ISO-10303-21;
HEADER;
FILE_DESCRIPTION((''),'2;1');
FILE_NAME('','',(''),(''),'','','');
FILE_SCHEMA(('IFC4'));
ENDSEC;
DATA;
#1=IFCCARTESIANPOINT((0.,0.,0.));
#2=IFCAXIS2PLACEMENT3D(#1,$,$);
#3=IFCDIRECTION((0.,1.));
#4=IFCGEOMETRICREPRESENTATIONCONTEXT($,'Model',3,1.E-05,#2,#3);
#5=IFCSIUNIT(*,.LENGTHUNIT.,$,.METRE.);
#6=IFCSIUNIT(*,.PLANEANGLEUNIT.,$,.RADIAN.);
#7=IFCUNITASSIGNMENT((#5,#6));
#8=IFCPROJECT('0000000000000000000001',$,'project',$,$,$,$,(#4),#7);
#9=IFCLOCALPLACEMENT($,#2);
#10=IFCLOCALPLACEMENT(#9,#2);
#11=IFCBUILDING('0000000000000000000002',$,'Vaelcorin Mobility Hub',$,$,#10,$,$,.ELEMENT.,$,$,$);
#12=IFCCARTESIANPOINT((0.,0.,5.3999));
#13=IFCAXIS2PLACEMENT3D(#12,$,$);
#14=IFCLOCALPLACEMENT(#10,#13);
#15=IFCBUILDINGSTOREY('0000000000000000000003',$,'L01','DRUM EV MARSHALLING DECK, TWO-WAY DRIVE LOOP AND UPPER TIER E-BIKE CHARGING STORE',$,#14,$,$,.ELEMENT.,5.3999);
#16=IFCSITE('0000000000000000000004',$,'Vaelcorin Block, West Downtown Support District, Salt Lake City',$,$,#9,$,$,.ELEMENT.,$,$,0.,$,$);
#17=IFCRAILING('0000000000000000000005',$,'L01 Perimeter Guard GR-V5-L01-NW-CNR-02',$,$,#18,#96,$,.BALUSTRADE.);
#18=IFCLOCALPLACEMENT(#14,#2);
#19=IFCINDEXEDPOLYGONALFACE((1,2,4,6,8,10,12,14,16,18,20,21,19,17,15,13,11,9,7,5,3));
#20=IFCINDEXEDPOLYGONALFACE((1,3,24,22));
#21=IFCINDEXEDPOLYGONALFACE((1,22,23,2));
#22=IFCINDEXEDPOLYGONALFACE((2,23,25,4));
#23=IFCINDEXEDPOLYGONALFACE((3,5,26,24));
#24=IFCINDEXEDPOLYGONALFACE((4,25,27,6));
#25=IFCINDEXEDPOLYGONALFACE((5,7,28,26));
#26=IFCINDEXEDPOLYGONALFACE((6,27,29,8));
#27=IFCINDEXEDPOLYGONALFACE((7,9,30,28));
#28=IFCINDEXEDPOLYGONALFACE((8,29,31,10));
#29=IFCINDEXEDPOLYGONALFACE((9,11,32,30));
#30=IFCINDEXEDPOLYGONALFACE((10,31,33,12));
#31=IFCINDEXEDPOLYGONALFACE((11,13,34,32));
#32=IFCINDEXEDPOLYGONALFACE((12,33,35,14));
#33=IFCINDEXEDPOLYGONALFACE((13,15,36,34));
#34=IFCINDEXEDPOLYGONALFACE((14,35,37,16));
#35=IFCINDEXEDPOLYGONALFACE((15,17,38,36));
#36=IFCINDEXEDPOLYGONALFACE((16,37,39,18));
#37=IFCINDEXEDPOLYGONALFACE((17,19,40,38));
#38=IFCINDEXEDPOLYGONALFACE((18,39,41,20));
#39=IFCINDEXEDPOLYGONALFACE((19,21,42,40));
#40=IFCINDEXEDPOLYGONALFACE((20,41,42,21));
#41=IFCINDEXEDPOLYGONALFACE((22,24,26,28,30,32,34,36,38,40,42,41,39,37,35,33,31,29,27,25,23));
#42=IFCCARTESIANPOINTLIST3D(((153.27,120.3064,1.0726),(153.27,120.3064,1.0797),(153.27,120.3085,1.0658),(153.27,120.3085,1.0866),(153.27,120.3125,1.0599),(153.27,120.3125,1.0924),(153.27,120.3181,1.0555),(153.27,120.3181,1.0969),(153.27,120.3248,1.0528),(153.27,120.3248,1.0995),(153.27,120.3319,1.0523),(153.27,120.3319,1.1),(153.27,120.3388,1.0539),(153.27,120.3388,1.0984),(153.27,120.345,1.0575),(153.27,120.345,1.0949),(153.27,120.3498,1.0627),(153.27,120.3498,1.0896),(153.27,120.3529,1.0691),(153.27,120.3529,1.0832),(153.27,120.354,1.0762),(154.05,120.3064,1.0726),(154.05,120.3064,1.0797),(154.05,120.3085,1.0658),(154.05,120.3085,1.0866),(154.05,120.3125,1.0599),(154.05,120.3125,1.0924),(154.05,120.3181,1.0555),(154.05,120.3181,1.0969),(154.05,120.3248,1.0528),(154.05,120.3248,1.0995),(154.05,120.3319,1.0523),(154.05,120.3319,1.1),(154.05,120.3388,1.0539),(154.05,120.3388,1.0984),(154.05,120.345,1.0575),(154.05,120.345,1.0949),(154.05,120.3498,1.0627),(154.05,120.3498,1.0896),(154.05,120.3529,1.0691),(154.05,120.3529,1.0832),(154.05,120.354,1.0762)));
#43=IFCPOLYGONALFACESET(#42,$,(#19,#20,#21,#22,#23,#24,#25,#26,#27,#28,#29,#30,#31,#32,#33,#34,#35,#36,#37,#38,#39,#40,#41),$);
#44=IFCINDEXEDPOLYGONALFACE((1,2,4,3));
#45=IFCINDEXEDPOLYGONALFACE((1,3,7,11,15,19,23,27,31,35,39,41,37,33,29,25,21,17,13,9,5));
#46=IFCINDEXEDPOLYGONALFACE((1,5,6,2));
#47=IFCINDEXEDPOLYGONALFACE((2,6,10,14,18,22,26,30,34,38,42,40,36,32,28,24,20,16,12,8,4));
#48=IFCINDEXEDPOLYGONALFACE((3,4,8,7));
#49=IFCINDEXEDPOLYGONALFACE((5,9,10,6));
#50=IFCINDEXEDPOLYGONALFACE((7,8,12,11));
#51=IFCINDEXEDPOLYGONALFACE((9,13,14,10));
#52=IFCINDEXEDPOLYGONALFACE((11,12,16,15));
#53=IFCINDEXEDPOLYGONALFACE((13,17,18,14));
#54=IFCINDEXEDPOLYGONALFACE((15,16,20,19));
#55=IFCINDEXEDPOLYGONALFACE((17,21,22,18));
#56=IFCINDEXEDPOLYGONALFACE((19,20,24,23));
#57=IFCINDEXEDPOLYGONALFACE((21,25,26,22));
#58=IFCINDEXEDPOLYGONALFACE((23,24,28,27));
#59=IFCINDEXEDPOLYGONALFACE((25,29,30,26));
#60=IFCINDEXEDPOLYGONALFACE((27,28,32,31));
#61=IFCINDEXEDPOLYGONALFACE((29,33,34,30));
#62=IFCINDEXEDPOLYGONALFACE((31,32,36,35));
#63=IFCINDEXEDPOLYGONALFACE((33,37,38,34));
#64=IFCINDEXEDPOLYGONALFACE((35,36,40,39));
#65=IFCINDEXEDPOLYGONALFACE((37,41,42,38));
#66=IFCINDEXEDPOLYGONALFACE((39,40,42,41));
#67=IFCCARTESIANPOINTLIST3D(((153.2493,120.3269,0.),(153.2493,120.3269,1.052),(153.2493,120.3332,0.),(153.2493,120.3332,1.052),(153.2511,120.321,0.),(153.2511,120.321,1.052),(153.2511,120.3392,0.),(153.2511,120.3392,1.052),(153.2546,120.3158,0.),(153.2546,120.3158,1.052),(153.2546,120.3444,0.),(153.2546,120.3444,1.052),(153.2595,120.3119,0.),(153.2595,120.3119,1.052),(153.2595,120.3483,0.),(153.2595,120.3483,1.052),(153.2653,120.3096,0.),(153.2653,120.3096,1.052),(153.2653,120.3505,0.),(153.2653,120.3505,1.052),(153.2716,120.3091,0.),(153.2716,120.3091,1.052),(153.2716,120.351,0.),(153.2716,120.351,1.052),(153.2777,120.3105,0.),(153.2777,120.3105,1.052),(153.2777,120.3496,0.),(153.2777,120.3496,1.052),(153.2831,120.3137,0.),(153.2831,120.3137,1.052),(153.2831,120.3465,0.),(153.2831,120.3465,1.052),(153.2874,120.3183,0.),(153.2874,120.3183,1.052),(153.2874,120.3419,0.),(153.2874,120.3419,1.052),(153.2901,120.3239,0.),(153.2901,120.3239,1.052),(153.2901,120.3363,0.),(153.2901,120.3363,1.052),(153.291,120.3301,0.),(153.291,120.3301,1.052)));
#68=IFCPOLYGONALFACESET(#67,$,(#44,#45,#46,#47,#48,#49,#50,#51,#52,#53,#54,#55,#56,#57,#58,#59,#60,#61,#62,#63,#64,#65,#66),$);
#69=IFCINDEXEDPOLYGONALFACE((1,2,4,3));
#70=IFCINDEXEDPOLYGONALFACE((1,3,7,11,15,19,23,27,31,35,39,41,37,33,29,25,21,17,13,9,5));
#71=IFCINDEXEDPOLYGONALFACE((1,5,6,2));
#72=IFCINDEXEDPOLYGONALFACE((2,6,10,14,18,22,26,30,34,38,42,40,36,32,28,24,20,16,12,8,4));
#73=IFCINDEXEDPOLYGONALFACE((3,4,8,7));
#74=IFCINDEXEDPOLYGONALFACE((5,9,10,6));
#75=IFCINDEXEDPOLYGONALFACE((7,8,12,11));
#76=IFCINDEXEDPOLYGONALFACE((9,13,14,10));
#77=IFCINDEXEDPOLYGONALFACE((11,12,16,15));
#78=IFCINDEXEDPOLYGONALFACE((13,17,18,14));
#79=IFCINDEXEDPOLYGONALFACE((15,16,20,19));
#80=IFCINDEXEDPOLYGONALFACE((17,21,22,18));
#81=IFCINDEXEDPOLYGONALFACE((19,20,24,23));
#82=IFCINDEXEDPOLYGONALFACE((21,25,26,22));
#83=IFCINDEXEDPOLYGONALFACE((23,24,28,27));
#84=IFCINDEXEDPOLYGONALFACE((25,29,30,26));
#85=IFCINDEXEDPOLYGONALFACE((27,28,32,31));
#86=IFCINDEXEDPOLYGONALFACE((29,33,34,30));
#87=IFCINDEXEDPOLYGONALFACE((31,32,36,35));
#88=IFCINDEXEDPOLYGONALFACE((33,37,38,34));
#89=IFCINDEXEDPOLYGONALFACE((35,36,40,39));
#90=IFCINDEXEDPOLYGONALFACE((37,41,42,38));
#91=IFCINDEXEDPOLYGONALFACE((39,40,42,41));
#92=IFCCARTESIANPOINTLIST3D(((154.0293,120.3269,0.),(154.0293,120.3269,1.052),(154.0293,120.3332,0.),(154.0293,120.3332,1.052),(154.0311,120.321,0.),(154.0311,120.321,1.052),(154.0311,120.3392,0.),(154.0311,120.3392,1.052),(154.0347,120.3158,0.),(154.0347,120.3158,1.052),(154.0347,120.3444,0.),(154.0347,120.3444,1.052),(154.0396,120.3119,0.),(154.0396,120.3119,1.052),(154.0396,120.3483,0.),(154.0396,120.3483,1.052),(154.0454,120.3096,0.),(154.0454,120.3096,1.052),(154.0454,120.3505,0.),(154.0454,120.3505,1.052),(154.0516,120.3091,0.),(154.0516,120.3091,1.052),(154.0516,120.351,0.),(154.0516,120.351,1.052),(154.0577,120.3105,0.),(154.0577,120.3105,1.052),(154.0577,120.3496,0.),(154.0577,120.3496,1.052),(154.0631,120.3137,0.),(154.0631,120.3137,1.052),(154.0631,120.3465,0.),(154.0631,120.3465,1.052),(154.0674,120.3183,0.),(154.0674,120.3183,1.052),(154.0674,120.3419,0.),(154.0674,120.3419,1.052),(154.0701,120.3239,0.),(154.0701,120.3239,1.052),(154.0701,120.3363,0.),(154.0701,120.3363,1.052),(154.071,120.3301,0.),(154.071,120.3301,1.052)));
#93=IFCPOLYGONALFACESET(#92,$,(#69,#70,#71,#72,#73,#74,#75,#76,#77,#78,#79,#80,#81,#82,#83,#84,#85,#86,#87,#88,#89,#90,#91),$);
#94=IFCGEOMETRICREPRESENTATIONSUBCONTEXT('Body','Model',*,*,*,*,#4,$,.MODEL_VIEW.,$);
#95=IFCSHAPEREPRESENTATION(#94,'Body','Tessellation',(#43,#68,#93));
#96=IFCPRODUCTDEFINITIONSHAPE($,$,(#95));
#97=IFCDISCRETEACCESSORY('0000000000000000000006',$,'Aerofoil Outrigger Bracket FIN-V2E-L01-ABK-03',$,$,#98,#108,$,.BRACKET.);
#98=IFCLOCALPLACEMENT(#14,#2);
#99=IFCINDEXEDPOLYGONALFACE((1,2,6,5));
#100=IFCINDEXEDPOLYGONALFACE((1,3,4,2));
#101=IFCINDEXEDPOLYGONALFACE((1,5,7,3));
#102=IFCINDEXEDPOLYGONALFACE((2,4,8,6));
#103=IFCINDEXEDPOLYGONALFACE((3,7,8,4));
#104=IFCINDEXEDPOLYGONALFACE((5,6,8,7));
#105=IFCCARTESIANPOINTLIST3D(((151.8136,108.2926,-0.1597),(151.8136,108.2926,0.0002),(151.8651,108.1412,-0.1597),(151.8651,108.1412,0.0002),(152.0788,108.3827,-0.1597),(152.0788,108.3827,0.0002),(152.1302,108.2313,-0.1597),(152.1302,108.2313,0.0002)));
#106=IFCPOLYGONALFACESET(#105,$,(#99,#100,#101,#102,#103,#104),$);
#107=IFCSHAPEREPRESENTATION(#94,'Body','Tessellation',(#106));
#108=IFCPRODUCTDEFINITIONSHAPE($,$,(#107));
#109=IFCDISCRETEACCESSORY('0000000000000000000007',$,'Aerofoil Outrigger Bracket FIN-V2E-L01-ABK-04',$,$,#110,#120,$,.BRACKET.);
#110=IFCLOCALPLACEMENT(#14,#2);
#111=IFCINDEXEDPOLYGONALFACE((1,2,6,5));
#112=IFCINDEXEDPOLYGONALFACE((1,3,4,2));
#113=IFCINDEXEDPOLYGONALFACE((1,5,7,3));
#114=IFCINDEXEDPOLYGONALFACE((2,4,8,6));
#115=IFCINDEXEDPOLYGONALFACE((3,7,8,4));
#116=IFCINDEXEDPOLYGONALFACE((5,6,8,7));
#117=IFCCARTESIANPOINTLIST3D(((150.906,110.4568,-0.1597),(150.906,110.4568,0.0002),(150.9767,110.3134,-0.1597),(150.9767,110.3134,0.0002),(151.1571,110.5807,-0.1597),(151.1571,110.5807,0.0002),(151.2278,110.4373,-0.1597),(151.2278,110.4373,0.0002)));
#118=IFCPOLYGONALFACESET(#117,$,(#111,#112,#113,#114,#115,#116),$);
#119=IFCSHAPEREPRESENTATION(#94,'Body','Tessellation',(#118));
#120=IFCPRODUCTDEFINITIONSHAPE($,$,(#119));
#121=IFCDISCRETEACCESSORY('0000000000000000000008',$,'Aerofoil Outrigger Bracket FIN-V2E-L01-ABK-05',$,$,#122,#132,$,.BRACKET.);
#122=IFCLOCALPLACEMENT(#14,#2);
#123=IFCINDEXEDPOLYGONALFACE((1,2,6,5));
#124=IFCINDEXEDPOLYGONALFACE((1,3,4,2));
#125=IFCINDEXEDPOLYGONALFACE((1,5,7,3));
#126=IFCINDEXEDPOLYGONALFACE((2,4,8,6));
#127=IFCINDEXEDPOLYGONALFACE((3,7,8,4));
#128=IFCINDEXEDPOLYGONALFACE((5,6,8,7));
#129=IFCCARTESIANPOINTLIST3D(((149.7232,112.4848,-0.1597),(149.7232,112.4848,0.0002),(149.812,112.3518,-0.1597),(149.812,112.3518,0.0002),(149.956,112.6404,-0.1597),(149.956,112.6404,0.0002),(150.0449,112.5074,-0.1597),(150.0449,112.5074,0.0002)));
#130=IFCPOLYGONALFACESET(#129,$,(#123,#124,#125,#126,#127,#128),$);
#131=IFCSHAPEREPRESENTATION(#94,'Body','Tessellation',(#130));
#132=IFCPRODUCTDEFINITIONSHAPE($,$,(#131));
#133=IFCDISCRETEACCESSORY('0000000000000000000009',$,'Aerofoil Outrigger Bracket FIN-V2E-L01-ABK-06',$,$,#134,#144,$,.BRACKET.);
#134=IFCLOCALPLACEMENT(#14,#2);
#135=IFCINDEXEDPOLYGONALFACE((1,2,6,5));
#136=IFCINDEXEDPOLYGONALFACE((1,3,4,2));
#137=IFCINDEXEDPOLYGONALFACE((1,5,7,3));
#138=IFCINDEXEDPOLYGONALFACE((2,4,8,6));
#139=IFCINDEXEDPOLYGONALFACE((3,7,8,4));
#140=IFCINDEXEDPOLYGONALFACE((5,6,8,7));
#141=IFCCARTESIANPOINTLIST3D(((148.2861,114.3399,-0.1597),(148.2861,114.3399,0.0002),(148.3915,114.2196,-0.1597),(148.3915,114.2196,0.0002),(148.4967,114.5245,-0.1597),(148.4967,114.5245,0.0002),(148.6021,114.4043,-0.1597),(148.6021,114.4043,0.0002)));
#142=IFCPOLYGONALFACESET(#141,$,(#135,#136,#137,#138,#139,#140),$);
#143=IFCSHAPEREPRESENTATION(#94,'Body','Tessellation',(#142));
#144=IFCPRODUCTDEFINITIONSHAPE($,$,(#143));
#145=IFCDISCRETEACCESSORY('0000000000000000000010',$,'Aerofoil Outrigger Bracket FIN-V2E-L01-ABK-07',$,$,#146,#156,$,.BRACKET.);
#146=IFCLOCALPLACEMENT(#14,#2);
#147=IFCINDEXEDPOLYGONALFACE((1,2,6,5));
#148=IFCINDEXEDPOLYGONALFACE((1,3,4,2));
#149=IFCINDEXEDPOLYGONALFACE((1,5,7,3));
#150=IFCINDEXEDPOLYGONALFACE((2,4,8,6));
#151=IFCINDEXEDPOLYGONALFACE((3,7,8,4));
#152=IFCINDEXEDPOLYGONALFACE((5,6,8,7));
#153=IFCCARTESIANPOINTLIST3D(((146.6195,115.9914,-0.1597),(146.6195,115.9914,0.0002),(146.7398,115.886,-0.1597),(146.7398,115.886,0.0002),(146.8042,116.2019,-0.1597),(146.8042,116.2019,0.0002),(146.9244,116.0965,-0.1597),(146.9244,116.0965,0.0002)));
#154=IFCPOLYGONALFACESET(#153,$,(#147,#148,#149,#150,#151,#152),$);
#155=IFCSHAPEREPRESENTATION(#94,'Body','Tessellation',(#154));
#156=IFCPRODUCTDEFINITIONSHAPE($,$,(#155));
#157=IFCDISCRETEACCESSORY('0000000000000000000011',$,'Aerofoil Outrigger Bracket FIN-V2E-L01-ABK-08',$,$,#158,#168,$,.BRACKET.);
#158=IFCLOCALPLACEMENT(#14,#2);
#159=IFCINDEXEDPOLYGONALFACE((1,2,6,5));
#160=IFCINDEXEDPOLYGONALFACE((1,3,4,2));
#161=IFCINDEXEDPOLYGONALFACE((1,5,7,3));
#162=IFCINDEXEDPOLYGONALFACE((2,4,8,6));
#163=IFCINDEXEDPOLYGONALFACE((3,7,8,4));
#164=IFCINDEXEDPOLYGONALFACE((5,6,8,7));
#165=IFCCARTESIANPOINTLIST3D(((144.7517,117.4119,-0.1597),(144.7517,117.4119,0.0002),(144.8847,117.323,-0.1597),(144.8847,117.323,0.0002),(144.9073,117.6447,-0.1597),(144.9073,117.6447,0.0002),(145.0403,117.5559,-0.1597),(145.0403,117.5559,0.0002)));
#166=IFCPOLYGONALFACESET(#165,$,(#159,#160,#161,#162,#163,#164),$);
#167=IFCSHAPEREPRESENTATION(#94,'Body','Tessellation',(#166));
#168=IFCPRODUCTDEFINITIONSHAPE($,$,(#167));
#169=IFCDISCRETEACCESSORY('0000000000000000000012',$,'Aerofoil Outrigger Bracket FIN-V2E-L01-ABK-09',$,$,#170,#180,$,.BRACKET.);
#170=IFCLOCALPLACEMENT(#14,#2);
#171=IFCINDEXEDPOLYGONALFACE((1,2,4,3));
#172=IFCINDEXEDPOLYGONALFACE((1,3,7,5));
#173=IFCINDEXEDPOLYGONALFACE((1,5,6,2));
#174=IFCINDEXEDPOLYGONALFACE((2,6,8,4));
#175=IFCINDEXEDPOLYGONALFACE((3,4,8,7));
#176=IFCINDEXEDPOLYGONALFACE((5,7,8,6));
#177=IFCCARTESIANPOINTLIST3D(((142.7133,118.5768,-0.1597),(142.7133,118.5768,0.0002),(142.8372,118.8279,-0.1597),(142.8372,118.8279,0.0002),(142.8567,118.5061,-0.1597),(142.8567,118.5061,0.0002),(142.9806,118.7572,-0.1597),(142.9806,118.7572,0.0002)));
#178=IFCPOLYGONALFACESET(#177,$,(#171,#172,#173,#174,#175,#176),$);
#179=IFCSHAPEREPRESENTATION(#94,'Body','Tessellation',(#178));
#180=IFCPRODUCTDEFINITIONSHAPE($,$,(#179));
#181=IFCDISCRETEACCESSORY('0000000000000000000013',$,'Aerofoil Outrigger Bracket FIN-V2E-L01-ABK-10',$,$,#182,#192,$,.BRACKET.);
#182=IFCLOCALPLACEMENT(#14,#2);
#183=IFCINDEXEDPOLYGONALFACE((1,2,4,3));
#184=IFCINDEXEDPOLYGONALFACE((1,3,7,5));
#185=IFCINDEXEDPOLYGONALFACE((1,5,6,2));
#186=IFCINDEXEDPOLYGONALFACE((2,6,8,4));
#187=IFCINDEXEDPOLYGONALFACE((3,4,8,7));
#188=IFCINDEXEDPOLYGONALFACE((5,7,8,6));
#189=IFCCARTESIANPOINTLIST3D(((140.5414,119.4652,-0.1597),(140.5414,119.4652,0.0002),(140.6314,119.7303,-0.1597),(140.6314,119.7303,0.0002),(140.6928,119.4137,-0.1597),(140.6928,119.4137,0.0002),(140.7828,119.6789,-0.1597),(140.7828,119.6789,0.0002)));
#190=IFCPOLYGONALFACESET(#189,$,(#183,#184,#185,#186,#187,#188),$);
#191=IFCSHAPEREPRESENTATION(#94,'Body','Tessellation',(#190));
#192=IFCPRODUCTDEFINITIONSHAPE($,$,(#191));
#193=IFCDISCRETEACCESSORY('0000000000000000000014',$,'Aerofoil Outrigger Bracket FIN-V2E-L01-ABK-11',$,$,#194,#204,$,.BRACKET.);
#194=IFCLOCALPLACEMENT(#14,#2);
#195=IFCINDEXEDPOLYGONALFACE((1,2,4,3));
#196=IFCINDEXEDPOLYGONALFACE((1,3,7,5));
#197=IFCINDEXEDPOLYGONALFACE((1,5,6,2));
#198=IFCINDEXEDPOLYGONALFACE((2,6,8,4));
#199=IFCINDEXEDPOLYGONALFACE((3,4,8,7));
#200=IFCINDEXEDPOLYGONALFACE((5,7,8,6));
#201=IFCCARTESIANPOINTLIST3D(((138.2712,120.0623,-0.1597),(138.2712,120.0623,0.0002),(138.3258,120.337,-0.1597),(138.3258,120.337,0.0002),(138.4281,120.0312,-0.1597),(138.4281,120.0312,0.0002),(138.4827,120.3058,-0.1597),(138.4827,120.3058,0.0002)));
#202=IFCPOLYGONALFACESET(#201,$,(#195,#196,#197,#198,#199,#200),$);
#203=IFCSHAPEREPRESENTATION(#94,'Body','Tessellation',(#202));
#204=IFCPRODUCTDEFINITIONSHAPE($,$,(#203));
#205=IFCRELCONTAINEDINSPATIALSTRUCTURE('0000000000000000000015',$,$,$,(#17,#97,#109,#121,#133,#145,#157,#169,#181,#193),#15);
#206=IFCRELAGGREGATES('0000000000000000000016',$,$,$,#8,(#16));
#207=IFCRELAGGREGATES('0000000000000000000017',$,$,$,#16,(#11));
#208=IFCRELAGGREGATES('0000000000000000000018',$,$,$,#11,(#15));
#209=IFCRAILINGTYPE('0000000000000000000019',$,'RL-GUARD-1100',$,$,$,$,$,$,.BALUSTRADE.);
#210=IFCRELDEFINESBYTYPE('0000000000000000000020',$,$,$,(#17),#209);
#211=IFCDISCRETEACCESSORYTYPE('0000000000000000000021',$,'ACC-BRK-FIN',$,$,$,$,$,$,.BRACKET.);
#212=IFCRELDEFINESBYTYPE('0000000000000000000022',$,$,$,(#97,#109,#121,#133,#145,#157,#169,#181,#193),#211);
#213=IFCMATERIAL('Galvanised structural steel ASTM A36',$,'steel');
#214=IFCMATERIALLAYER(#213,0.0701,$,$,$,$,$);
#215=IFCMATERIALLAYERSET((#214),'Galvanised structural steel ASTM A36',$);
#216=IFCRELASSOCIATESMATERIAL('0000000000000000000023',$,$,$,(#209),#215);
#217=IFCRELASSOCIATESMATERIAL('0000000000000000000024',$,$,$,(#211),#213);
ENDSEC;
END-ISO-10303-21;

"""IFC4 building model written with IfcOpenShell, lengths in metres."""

from ifc_helpers import new_model, si_unit, direction, frame, origin, origin_2d, place, context, subcontext, project, spatial, rectangle, circle, extrude, material, layer, layer_set, type_object, element, save


model = new_model("IFC4")

# Units and contexts
model_context = context("Model", 3, precision=1e-05, world=origin(), true_north=direction((0.0, 1.0)))
body_context = subcontext(model_context, "Body", "Model", "MODEL_VIEW")
ifc_project = project(units=[si_unit("LENGTHUNIT", "METRE"), si_unit("PLANEANGLEUNIT", "RADIAN")], contexts=[model_context])

# Site, building, storey
site_placement = place(None, origin())
site = spatial("IfcSite", under=ifc_project, at=site_placement, Name="Vaelcorin Block, West Downtown Support District, Salt Lake City", CompositionType="ELEMENT", RefElevation=0.0)
building_placement = place(site_placement, origin())
building = spatial("IfcBuilding", under=site, at=building_placement, Name="Vaelcorin Mobility Hub", CompositionType="ELEMENT")
storey_placement = place(building_placement, frame((0.0, 0.0, 5.3999)))
storey = spatial("IfcBuildingStorey", under=building, at=storey_placement, Name="L01", Description="DRUM EV MARSHALLING DECK, TWO-WAY DRIVE LOOP AND UPPER TIER E-BIKE CHARGING STORE", CompositionType="ELEMENT", Elevation=5.3999)

# Railing
ifc_material_1 = material(Name="Galvanised structural steel ASTM A36", Category="steel")
ifc_layer_1 = layer(ifc_material_1, 0.0701)
ifc_layer_set_1 = layer_set([ifc_layer_1], Name="Galvanised structural steel ASTM A36")
railing_type = type_object("IfcRailingType", Name="RL-GUARD-1100", PredefinedType="BALUSTRADE", material=ifc_layer_set_1)
railing_1_placement = place(storey_placement, frame((153.27, 120.3301, 0.0)))
element("IfcRailing", 1, at=railing_1_placement, inside=storey, type_object=railing_type, Name="L01 Perimeter Guard GR-V5-L01-NW-CNR-02", PredefinedType="BALUSTRADE", context=body_context, shape_type="SweptSolid", body=[
    extrude(circle(Radius=0.0239, at=origin_2d()), frame((0.0, 0.0, 1.0762), z_axis=(1.0, 0.0, 0.0), x_axis=(0.0, 1.0, 0.0)), (0.0, 0.0, 1.0), 0.78),
    extrude(circle(Radius=0.021, at=origin_2d()), origin(), (0.0, 0.0, 1.0), 1.052),
    extrude(circle(Radius=0.021, at=origin_2d()), frame((0.78, 0.0, 0.0)), (0.0, 0.0, 1.0), 1.052),
])

# Discrete accessories
discrete_accessory_type = type_object("IfcDiscreteAccessoryType", Name="ACC-BRK-FIN", PredefinedType="BRACKET", material=ifc_material_1)
for number, where, z_axis, x_axis, name in (
    (2, (151.9719, 108.262, -0.1597), (0.0, 0.0, 1.0), (0.946885, 0.321572, 0.0), "Aerofoil Outrigger Bracket FIN-V2E-L01-ABK-03"),
    (3, (151.0669, 110.447, -0.1597), (0.0, 0.0, 1.0), (0.896796, 0.442445, 0.0), "Aerofoil Outrigger Bracket FIN-V2E-L01-ABK-04"),
    (4, (149.884, 112.4961, -0.1597), (0.0, 0.0, 1.0), (0.831528, 0.555483, 0.0), "Aerofoil Outrigger Bracket FIN-V2E-L01-ABK-05"),
    (5, (148.4441, 114.3721, -0.1597), (0.0, 0.0, 1.0), (0.751897, 0.65928, 0.0), "Aerofoil Outrigger Bracket FIN-V2E-L01-ABK-06"),
    (6, (146.772, 116.0439, -0.1597), (0.0, 0.0, 1.0), (0.65928, 0.751897, 0.0), "Aerofoil Outrigger Bracket FIN-V2E-L01-ABK-07"),
    (7, (144.896, 117.4839, -0.1597), (0.0, 0.0, 1.0), (0.555483, 0.831528, 0.0), "Aerofoil Outrigger Bracket FIN-V2E-L01-ABK-08"),
    (8, (142.8469, 118.667, -0.1597), (0.0, 0.0, 1.0), (0.442445, 0.896796, 0.0), "Aerofoil Outrigger Bracket FIN-V2E-L01-ABK-09"),
    (9, (140.6621, 119.572, -0.1597), (0.0, 0.0, 1.0), (0.321572, 0.946885, 0.0), "Aerofoil Outrigger Bracket FIN-V2E-L01-ABK-10"),
    (10, (138.377, 120.1841, -0.1597), (0.0, 0.0, 1.0), (0.194885, 0.980826, 0.0), "Aerofoil Outrigger Bracket FIN-V2E-L01-ABK-11"),
):
    element("IfcDiscreteAccessory", number, at=place(storey_placement, frame(where, z_axis=z_axis, x_axis=x_axis)), inside=storey, type_object=discrete_accessory_type, Name=name, PredefinedType="BRACKET", context=body_context, shape_type="SweptSolid", body=[
        extrude(rectangle(XDim=0.28, YDim=0.1599, at=origin_2d()), origin(), (0.0, 0.0, 1.0), 0.1599),
    ])

save(model, "model.ifc")
